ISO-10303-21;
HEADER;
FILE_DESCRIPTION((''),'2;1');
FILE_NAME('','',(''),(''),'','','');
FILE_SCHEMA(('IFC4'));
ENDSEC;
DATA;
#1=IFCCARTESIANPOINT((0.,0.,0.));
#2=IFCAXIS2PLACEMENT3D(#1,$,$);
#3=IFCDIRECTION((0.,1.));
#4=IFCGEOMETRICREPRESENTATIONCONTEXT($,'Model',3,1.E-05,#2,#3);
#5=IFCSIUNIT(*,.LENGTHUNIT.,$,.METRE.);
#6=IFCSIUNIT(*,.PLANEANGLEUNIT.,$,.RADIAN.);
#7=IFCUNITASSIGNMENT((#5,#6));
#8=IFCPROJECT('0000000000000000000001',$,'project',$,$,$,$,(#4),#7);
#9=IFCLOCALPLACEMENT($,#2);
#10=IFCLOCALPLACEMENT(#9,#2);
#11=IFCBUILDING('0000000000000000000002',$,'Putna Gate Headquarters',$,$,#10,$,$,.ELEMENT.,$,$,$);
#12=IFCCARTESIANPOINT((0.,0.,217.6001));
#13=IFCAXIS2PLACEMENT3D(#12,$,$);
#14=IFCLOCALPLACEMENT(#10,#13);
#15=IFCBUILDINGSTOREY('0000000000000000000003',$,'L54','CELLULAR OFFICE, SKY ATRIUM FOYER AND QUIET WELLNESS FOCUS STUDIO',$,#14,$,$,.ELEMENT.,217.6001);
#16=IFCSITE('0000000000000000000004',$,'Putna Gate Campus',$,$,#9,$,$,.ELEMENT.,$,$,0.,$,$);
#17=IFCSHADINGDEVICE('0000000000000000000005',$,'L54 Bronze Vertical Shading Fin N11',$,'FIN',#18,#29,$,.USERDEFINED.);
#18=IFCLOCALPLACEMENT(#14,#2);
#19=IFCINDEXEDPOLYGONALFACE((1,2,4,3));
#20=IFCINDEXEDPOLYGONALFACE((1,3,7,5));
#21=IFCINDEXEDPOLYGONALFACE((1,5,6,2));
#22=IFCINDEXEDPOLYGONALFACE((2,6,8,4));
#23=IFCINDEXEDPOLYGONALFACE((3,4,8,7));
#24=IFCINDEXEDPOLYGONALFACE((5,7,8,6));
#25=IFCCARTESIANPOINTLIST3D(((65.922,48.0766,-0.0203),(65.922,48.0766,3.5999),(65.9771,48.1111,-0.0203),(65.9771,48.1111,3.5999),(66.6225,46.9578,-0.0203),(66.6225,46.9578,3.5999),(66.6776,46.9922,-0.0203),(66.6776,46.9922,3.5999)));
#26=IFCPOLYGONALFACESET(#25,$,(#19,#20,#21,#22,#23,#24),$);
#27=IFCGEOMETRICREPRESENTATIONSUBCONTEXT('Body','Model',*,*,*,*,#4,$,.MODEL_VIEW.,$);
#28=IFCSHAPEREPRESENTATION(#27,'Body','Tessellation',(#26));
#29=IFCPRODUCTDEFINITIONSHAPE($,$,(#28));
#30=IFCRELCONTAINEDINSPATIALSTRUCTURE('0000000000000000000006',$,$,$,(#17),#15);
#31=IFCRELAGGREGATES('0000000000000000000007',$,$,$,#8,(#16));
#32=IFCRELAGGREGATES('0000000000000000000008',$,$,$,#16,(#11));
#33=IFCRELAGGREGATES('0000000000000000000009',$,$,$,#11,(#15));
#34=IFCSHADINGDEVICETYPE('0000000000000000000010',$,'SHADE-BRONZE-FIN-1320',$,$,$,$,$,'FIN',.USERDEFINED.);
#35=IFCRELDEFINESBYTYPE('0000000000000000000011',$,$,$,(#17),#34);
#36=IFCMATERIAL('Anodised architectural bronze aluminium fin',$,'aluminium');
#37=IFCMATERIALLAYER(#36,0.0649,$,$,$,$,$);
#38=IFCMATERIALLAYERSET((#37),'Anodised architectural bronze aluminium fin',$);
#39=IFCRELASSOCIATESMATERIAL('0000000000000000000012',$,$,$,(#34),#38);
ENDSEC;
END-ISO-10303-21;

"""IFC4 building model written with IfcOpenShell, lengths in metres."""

from ifc_helpers import new_model, si_unit, direction, frame, origin, origin_2d, place, context, subcontext, project, spatial, rectangle, extrude, material, layer, layer_set, type_object, element, save


model = new_model("IFC4")

# Units and contexts
model_context = context("Model", 3, precision=1e-05, world=origin(), true_north=direction((0.0, 1.0)))
body_context = subcontext(model_context, "Body", "Model", "MODEL_VIEW")
ifc_project = project(units=[si_unit("LENGTHUNIT", "METRE"), si_unit("PLANEANGLEUNIT", "RADIAN")], contexts=[model_context])

# Site, building, storey
site_placement = place(None, origin())
site = spatial("IfcSite", under=ifc_project, at=site_placement, Name="Putna Gate Campus", CompositionType="ELEMENT", RefElevation=0.0)
building_placement = place(site_placement, origin())
building = spatial("IfcBuilding", under=site, at=building_placement, Name="Putna Gate Headquarters", CompositionType="ELEMENT")
storey_placement = place(building_placement, frame((0.0, 0.0, 217.6001)))
storey = spatial("IfcBuildingStorey", under=building, at=storey_placement, Name="L54", Description="CELLULAR OFFICE, SKY ATRIUM FOYER AND QUIET WELLNESS FOCUS STUDIO", CompositionType="ELEMENT", Elevation=217.6001)

# Shading device
ifc_material_1 = material(Name="Anodised architectural bronze aluminium fin", Category="aluminium")
ifc_layer_1 = layer(ifc_material_1, 0.0649)
ifc_layer_set_1 = layer_set([ifc_layer_1], Name="Anodised architectural bronze aluminium fin")
shading_device_type = type_object("IfcShadingDeviceType", Name="SHADE-BRONZE-FIN-1320", ElementType="FIN", PredefinedType="USERDEFINED", material=ifc_layer_set_1)
for number, where, z_axis, x_axis, name in (
    (1, (66.2998, 47.5344, -0.0203), (0.0, 0.0, 1.0), (-0.530659, 0.847585, 0.0), "L54 Bronze Vertical Shading Fin N11"),
):
    element("IfcShadingDevice", number, at=place(storey_placement, frame(where, z_axis=z_axis, x_axis=x_axis)), inside=storey, type_object=shading_device_type, Name=name, ObjectType="FIN", PredefinedType="USERDEFINED", context=body_context, shape_type="SweptSolid", body=[
        extrude(rectangle(XDim=1.3201, YDim=0.0649, at=origin_2d()), origin(), (0.0, 0.0, 1.0), 3.6201),
    ])

save(model, "model.ifc")
